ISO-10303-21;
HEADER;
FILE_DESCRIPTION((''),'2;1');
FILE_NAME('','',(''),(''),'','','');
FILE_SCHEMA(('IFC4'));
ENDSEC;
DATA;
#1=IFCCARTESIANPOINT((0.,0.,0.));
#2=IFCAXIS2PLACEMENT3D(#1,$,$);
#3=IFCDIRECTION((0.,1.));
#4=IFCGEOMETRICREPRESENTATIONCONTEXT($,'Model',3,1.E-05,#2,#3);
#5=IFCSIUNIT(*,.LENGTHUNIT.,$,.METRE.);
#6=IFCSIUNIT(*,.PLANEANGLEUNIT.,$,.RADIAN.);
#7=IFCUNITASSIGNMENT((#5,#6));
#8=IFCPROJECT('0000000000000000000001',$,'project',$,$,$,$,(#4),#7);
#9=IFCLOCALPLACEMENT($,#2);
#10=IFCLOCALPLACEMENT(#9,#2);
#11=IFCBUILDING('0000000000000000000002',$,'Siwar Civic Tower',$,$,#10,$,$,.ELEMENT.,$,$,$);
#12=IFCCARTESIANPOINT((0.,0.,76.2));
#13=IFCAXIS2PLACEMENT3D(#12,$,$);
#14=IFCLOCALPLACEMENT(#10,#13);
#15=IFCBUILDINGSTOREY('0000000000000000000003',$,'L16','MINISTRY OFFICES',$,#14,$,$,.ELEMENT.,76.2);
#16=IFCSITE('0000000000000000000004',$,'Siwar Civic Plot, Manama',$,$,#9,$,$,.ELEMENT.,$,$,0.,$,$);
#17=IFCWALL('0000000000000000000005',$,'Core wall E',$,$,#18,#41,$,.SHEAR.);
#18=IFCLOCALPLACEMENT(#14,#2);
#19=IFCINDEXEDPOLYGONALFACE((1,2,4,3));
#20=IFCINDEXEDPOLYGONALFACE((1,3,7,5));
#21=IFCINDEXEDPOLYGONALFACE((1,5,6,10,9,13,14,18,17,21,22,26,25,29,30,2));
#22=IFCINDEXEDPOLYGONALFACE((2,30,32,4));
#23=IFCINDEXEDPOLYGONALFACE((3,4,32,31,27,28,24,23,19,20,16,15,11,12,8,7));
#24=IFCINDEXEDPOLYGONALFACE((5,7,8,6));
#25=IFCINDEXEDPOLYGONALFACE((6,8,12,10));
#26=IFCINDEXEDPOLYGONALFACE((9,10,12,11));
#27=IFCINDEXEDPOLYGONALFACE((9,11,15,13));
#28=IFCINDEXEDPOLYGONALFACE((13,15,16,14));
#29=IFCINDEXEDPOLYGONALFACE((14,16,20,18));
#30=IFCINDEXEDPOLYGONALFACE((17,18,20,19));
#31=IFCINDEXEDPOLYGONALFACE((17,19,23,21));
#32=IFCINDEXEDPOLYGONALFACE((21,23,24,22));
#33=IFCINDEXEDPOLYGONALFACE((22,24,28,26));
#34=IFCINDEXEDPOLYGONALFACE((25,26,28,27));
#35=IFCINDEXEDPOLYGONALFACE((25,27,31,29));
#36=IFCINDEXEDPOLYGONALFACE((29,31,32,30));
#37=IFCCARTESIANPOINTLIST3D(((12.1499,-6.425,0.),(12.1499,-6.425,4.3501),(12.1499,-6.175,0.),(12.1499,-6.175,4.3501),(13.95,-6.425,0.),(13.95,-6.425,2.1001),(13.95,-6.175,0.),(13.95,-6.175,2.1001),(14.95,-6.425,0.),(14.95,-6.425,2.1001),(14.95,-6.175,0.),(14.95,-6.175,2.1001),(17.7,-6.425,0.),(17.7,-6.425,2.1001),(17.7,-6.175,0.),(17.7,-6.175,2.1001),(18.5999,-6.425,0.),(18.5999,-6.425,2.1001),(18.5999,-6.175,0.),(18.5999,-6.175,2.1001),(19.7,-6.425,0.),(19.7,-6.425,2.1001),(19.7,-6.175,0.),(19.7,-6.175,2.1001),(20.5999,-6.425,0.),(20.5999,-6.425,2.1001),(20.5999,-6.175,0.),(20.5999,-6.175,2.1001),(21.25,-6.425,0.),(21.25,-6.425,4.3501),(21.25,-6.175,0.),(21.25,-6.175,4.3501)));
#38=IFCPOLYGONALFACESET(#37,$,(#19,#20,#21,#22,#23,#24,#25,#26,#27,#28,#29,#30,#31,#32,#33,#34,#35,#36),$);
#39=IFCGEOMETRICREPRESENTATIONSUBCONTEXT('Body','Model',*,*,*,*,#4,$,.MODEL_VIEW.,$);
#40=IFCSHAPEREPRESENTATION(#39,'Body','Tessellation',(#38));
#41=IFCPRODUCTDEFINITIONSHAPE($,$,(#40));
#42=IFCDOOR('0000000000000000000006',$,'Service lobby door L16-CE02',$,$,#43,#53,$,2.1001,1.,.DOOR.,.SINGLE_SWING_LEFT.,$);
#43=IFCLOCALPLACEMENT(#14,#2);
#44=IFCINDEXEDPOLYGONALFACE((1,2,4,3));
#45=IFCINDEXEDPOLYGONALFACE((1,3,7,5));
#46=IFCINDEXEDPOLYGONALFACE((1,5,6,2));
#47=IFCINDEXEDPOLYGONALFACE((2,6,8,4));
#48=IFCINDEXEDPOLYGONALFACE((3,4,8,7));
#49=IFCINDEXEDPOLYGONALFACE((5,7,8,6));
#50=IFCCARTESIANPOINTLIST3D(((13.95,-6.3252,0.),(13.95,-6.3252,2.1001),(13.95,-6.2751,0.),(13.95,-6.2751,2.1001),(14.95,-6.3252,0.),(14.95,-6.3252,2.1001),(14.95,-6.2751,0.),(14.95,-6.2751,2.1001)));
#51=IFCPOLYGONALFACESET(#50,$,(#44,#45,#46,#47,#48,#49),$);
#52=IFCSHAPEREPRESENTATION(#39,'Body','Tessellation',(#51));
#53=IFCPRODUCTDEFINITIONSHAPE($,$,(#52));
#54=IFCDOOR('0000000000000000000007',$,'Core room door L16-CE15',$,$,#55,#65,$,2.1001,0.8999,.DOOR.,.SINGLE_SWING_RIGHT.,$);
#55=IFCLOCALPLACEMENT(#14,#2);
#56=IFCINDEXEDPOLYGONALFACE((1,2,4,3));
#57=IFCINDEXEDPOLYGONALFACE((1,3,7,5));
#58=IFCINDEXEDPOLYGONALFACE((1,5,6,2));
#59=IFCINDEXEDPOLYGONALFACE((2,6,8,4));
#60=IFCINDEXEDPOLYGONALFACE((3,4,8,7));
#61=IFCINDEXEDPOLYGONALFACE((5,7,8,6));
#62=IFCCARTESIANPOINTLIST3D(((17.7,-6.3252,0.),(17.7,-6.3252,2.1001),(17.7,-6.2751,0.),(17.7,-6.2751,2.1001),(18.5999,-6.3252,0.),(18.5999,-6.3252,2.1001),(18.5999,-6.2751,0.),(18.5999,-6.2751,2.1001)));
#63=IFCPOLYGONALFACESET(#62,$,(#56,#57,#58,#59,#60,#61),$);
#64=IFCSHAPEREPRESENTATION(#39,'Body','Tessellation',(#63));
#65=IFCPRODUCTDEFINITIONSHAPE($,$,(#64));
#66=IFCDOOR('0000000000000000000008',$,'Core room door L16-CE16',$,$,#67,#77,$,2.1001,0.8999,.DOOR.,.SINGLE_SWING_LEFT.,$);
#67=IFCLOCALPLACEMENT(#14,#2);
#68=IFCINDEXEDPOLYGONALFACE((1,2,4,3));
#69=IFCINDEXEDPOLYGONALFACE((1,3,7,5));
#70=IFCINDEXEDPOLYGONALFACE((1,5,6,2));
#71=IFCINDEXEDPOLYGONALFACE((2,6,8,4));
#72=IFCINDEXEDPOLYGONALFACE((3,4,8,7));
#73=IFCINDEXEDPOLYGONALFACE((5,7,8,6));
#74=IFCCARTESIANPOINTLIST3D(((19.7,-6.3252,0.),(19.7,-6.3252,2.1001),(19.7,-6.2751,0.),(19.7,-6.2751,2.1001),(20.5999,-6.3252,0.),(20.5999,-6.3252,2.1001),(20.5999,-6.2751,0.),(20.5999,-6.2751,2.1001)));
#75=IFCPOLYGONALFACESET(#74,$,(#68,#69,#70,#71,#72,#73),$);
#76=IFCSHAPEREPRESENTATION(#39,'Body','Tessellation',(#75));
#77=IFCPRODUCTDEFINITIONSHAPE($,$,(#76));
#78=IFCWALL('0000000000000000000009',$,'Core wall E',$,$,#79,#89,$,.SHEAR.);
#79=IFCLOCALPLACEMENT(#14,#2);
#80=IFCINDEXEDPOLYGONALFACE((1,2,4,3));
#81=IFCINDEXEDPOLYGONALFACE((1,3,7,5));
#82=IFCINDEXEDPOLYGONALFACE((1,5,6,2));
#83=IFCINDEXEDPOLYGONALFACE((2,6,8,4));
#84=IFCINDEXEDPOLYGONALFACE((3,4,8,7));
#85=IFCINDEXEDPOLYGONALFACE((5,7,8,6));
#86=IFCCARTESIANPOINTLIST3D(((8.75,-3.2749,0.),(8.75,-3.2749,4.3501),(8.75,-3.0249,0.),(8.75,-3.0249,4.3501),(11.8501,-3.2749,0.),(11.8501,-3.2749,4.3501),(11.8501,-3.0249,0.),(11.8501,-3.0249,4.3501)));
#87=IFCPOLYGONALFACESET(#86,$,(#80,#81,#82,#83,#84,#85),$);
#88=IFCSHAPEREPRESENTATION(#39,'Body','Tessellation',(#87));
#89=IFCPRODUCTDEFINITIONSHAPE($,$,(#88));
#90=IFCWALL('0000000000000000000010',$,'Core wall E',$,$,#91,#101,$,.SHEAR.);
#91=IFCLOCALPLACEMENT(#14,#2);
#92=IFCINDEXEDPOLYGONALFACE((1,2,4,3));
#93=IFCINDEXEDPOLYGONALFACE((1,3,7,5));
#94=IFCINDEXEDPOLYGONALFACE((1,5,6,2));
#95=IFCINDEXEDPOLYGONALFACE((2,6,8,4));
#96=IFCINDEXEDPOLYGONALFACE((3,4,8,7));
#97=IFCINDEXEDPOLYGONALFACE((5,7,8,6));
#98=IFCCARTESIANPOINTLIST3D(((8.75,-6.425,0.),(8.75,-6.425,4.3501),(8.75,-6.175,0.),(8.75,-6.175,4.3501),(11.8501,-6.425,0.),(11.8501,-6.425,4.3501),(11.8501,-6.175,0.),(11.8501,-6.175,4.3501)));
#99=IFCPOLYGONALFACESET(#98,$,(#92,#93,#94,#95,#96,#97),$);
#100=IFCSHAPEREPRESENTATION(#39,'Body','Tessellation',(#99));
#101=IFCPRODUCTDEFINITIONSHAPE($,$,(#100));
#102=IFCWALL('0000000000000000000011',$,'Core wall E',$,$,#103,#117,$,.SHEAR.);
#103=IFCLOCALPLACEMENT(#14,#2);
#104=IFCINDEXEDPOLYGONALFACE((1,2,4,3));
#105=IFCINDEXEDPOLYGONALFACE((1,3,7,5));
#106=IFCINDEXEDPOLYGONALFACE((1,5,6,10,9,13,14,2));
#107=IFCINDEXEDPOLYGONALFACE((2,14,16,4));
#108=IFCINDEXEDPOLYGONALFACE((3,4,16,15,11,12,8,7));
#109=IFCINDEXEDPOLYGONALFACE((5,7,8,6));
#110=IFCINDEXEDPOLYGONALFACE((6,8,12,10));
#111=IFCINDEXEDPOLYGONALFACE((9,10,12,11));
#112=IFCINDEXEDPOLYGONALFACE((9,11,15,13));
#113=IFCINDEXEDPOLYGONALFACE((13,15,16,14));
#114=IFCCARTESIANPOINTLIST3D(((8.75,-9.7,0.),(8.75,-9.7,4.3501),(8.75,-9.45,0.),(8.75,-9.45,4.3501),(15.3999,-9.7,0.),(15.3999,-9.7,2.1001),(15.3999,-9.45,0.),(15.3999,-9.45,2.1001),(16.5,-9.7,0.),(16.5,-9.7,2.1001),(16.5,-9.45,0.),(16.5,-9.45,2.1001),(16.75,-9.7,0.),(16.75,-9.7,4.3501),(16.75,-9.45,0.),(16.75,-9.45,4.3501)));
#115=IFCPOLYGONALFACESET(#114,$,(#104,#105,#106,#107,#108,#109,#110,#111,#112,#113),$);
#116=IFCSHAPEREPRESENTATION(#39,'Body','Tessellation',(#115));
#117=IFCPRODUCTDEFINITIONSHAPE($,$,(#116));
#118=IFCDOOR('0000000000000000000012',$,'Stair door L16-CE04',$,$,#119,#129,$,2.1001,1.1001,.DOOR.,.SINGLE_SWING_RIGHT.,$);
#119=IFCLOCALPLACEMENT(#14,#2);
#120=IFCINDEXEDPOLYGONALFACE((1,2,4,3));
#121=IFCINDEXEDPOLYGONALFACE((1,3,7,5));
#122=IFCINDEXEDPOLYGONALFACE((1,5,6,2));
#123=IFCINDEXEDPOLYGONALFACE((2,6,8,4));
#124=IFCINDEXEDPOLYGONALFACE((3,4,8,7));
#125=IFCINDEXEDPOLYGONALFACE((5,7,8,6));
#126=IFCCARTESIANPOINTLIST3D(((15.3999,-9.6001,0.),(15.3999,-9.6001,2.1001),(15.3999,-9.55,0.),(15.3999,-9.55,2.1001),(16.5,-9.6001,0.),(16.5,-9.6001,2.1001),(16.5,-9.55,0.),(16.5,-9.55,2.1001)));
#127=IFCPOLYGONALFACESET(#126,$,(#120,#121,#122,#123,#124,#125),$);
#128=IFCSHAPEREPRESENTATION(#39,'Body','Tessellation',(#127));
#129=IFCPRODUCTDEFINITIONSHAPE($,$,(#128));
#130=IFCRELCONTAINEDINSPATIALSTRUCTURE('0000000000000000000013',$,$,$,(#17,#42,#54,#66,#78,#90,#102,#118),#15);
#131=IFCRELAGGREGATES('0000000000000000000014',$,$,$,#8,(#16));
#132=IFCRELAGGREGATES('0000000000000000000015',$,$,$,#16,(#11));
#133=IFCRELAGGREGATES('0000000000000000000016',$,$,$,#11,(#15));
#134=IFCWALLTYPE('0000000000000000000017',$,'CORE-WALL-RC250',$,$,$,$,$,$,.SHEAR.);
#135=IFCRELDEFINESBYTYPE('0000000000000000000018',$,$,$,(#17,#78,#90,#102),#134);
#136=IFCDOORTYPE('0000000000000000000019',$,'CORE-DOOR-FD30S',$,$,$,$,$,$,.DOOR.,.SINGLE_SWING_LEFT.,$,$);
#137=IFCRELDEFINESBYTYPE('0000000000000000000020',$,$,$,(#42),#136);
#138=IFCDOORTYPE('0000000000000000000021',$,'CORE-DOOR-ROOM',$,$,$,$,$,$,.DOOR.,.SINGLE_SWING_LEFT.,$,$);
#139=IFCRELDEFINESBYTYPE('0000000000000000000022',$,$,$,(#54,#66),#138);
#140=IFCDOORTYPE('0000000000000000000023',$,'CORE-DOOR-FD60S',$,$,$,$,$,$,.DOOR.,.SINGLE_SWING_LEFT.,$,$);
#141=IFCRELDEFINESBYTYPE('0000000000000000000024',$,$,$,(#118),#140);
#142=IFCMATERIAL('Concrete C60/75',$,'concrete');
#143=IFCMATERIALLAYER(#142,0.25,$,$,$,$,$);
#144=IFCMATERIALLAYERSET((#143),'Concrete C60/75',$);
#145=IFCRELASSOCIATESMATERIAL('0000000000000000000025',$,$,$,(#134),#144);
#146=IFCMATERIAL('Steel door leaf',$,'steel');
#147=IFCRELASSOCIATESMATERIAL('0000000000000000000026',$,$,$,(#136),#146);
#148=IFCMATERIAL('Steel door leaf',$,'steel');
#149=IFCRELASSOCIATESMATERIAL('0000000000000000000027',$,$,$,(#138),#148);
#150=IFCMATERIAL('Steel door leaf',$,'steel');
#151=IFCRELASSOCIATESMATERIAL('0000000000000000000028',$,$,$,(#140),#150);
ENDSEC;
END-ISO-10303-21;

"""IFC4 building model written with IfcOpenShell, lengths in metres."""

from ifc_helpers import new_model, si_unit, direction, frame, frame_2d, origin, place, context, subcontext, project, spatial, rectangle, extrude, material, layer, layer_set, type_object, element, fill, save


model = new_model("IFC4")

# Units and contexts
model_context = context("Model", 3, precision=1e-05, world=origin(), true_north=direction((0.0, 1.0)))
body_context = subcontext(model_context, "Body", "Model", "MODEL_VIEW")
ifc_project = project(units=[si_unit("LENGTHUNIT", "METRE"), si_unit("PLANEANGLEUNIT", "RADIAN")], contexts=[model_context])

# Site, building, storey
site_placement = place(None, origin())
site = spatial("IfcSite", under=ifc_project, at=site_placement, Name="Siwar Civic Plot, Manama", CompositionType="ELEMENT", RefElevation=0.0)
building_placement = place(site_placement, origin())
building = spatial("IfcBuilding", under=site, at=building_placement, Name="Siwar Civic Tower", CompositionType="ELEMENT")
storey_placement = place(building_placement, frame((0.0, 0.0, 76.2)))
storey = spatial("IfcBuildingStorey", under=building, at=storey_placement, Name="L16", Description="MINISTRY OFFICES", CompositionType="ELEMENT", Elevation=76.2)

# Wall, openings, doors
ifc_material_1 = material(Name="Concrete C60/75", Category="concrete")
ifc_layer_1 = layer(ifc_material_1, 0.25)
ifc_layer_set_1 = layer_set([ifc_layer_1], Name="Concrete C60/75")
wall_type_1 = type_object("IfcWallType", Name="CORE-WALL-RC250", PredefinedType="SHEAR", material=ifc_layer_set_1)
wall_1_placement = place(storey_placement, frame((12.1499, -6.3, 0.0), z_axis=(0.0, 0.0, 1.0), x_axis=(1.0, 0.0, 0.0)))
wall_1 = element("IfcWall", 1, at=wall_1_placement, inside=storey, type_object=wall_type_1, Name="Core wall E", PredefinedType="SHEAR", context=body_context, shape_type="SweptSolid", body=[
    extrude(rectangle(XDim=9.1001, YDim=0.25, at=frame_2d((4.55, 0.0))), origin(), (0.0, 0.0, 1.0), 4.3501),
])
opening_1_placement = place(wall_1_placement, frame((1.8, 0.0, 0.0)))
opening_1 = element("IfcOpeningElement", 2, at=opening_1_placement, cuts=wall_1, PredefinedType="OPENING", context=body_context, shape_type="SweptSolid", body=[
    extrude(rectangle(XDim=1.0, YDim=2.1001, at=frame_2d((0.5, 1.05))), frame((0.0, 0.135, 0.0), z_axis=(0.0, -1.0, 0.0), x_axis=(1.0, 0.0, 0.0)), (0.0, 0.0, 1.0), 0.27),
])
opening_2_placement = place(wall_1_placement, frame((5.55, 0.0, 0.0)))
opening_2 = element("IfcOpeningElement", 3, at=opening_2_placement, cuts=wall_1, PredefinedType="OPENING", context=body_context, shape_type="SweptSolid", body=[
    extrude(rectangle(XDim=0.8999, YDim=2.1001, at=frame_2d((0.45, 1.05))), frame((0.0, 0.135, 0.0), z_axis=(0.0, -1.0, 0.0), x_axis=(1.0, 0.0, 0.0)), (0.0, 0.0, 1.0), 0.27),
])
opening_3_placement = place(wall_1_placement, frame((7.55, 0.0, 0.0)))
opening_3 = element("IfcOpeningElement", 4, at=opening_3_placement, cuts=wall_1, PredefinedType="OPENING", context=body_context, shape_type="SweptSolid", body=[
    extrude(rectangle(XDim=0.8999, YDim=2.1001, at=frame_2d((0.45, 1.05))), frame((0.0, 0.135, 0.0), z_axis=(0.0, -1.0, 0.0), x_axis=(1.0, 0.0, 0.0)), (0.0, 0.0, 1.0), 0.27),
])
ifc_material_2 = material(Name="Steel door leaf", Category="steel")
door_type_1 = type_object("IfcDoorType", Name="CORE-DOOR-FD30S", OperationType="SINGLE_SWING_LEFT", PredefinedType="DOOR", material=ifc_material_2)
door_1_placement = place(opening_1_placement, origin())
door_1 = element("IfcDoor", 5, at=door_1_placement, inside=storey, type_object=door_type_1, Name="Service lobby door L16-CE02", OperationType="SINGLE_SWING_LEFT", OverallHeight=2.1001, OverallWidth=1.0, PredefinedType="DOOR", context=body_context, shape_type="SweptSolid", body=[
    extrude(rectangle(XDim=1.0, YDim=2.1001, at=frame_2d((0.5, 1.05))), frame((0.0, 0.0249, 0.0), z_axis=(0.0, -1.0, 0.0), x_axis=(1.0, 0.0, 0.0)), (0.0, 0.0, 1.0), 0.05),
])
fill(opening_1, door_1)
ifc_material_3 = material(Name="Steel door leaf", Category="steel")
door_type_2 = type_object("IfcDoorType", Name="CORE-DOOR-ROOM", OperationType="SINGLE_SWING_LEFT", PredefinedType="DOOR", material=ifc_material_3)
door_2_placement = place(opening_2_placement, origin())
door_2 = element("IfcDoor", 6, at=door_2_placement, inside=storey, type_object=door_type_2, Name="Core room door L16-CE15", OperationType="SINGLE_SWING_RIGHT", OverallHeight=2.1001, OverallWidth=0.8999, PredefinedType="DOOR", context=body_context, shape_type="SweptSolid", body=[
    extrude(rectangle(XDim=0.8999, YDim=2.1001, at=frame_2d((0.45, 1.05))), frame((0.0, 0.0249, 0.0), z_axis=(0.0, -1.0, 0.0), x_axis=(1.0, 0.0, 0.0)), (0.0, 0.0, 1.0), 0.05),
])
fill(opening_2, door_2)
door_3_placement = place(opening_3_placement, origin())
door_3 = element("IfcDoor", 7, at=door_3_placement, inside=storey, type_object=door_type_2, Name="Core room door L16-CE16", OperationType="SINGLE_SWING_LEFT", OverallHeight=2.1001, OverallWidth=0.8999, PredefinedType="DOOR", context=body_context, shape_type="SweptSolid", body=[
    extrude(rectangle(XDim=0.8999, YDim=2.1001, at=frame_2d((0.45, 1.05))), frame((0.0, 0.0249, 0.0), z_axis=(0.0, -1.0, 0.0), x_axis=(1.0, 0.0, 0.0)), (0.0, 0.0, 1.0), 0.05),
])
fill(opening_3, door_3)

# Walls
for number, where, z_axis, x_axis, name in (
    (8, (8.75, -3.1499, 0.0), (0.0, 0.0, 1.0), (1.0, 0.0, 0.0), "Core wall E"),
    (9, (8.75, -6.3, 0.0), (0.0, 0.0, 1.0), (1.0, 0.0, 0.0), "Core wall E"),
):
    element("IfcWall", number, at=place(storey_placement, frame(where, z_axis=z_axis, x_axis=x_axis)), inside=storey, type_object=wall_type_1, Name=name, PredefinedType="SHEAR", context=body_context, shape_type="SweptSolid", body=[
        extrude(rectangle(XDim=3.1001, YDim=0.25, at=frame_2d((1.55, 0.0))), origin(), (0.0, 0.0, 1.0), 4.3501),
    ])

# Wall, opening, door
wall_2_placement = place(storey_placement, frame((8.75, -9.575, 0.0), z_axis=(0.0, 0.0, 1.0), x_axis=(1.0, 0.0, 0.0)))
wall_2 = element("IfcWall", 10, at=wall_2_placement, inside=storey, type_object=wall_type_1, Name="Core wall E", PredefinedType="SHEAR", context=body_context, shape_type="SweptSolid", body=[
    extrude(rectangle(XDim=8.0, YDim=0.25, at=frame_2d((4.0, 0.0))), origin(), (0.0, 0.0, 1.0), 4.3501),
])
opening_4_placement = place(wall_2_placement, frame((6.6499, 0.0, 0.0)))
opening_4 = element("IfcOpeningElement", 11, at=opening_4_placement, cuts=wall_2, PredefinedType="OPENING", context=body_context, shape_type="SweptSolid", body=[
    extrude(rectangle(XDim=1.1001, YDim=2.1001, at=frame_2d((0.55, 1.05))), frame((0.0, 0.135, 0.0), z_axis=(0.0, -1.0, 0.0), x_axis=(1.0, 0.0, 0.0)), (0.0, 0.0, 1.0), 0.27),
])
ifc_material_4 = material(Name="Steel door leaf", Category="steel")
door_type_3 = type_object("IfcDoorType", Name="CORE-DOOR-FD60S", OperationType="SINGLE_SWING_LEFT", PredefinedType="DOOR", material=ifc_material_4)
door_4_placement = place(opening_4_placement, origin())
door_4 = element("IfcDoor", 12, at=door_4_placement, inside=storey, type_object=door_type_3, Name="Stair door L16-CE04", OperationType="SINGLE_SWING_RIGHT", OverallHeight=2.1001, OverallWidth=1.1001, PredefinedType="DOOR", context=body_context, shape_type="SweptSolid", body=[
    extrude(rectangle(XDim=1.1001, YDim=2.1001, at=frame_2d((0.55, 1.05))), frame((0.0, 0.0249, 0.0), z_axis=(0.0, -1.0, 0.0), x_axis=(1.0, 0.0, 0.0)), (0.0, 0.0, 1.0), 0.05),
])
fill(opening_4, door_4)

save(model, "model.ifc")
